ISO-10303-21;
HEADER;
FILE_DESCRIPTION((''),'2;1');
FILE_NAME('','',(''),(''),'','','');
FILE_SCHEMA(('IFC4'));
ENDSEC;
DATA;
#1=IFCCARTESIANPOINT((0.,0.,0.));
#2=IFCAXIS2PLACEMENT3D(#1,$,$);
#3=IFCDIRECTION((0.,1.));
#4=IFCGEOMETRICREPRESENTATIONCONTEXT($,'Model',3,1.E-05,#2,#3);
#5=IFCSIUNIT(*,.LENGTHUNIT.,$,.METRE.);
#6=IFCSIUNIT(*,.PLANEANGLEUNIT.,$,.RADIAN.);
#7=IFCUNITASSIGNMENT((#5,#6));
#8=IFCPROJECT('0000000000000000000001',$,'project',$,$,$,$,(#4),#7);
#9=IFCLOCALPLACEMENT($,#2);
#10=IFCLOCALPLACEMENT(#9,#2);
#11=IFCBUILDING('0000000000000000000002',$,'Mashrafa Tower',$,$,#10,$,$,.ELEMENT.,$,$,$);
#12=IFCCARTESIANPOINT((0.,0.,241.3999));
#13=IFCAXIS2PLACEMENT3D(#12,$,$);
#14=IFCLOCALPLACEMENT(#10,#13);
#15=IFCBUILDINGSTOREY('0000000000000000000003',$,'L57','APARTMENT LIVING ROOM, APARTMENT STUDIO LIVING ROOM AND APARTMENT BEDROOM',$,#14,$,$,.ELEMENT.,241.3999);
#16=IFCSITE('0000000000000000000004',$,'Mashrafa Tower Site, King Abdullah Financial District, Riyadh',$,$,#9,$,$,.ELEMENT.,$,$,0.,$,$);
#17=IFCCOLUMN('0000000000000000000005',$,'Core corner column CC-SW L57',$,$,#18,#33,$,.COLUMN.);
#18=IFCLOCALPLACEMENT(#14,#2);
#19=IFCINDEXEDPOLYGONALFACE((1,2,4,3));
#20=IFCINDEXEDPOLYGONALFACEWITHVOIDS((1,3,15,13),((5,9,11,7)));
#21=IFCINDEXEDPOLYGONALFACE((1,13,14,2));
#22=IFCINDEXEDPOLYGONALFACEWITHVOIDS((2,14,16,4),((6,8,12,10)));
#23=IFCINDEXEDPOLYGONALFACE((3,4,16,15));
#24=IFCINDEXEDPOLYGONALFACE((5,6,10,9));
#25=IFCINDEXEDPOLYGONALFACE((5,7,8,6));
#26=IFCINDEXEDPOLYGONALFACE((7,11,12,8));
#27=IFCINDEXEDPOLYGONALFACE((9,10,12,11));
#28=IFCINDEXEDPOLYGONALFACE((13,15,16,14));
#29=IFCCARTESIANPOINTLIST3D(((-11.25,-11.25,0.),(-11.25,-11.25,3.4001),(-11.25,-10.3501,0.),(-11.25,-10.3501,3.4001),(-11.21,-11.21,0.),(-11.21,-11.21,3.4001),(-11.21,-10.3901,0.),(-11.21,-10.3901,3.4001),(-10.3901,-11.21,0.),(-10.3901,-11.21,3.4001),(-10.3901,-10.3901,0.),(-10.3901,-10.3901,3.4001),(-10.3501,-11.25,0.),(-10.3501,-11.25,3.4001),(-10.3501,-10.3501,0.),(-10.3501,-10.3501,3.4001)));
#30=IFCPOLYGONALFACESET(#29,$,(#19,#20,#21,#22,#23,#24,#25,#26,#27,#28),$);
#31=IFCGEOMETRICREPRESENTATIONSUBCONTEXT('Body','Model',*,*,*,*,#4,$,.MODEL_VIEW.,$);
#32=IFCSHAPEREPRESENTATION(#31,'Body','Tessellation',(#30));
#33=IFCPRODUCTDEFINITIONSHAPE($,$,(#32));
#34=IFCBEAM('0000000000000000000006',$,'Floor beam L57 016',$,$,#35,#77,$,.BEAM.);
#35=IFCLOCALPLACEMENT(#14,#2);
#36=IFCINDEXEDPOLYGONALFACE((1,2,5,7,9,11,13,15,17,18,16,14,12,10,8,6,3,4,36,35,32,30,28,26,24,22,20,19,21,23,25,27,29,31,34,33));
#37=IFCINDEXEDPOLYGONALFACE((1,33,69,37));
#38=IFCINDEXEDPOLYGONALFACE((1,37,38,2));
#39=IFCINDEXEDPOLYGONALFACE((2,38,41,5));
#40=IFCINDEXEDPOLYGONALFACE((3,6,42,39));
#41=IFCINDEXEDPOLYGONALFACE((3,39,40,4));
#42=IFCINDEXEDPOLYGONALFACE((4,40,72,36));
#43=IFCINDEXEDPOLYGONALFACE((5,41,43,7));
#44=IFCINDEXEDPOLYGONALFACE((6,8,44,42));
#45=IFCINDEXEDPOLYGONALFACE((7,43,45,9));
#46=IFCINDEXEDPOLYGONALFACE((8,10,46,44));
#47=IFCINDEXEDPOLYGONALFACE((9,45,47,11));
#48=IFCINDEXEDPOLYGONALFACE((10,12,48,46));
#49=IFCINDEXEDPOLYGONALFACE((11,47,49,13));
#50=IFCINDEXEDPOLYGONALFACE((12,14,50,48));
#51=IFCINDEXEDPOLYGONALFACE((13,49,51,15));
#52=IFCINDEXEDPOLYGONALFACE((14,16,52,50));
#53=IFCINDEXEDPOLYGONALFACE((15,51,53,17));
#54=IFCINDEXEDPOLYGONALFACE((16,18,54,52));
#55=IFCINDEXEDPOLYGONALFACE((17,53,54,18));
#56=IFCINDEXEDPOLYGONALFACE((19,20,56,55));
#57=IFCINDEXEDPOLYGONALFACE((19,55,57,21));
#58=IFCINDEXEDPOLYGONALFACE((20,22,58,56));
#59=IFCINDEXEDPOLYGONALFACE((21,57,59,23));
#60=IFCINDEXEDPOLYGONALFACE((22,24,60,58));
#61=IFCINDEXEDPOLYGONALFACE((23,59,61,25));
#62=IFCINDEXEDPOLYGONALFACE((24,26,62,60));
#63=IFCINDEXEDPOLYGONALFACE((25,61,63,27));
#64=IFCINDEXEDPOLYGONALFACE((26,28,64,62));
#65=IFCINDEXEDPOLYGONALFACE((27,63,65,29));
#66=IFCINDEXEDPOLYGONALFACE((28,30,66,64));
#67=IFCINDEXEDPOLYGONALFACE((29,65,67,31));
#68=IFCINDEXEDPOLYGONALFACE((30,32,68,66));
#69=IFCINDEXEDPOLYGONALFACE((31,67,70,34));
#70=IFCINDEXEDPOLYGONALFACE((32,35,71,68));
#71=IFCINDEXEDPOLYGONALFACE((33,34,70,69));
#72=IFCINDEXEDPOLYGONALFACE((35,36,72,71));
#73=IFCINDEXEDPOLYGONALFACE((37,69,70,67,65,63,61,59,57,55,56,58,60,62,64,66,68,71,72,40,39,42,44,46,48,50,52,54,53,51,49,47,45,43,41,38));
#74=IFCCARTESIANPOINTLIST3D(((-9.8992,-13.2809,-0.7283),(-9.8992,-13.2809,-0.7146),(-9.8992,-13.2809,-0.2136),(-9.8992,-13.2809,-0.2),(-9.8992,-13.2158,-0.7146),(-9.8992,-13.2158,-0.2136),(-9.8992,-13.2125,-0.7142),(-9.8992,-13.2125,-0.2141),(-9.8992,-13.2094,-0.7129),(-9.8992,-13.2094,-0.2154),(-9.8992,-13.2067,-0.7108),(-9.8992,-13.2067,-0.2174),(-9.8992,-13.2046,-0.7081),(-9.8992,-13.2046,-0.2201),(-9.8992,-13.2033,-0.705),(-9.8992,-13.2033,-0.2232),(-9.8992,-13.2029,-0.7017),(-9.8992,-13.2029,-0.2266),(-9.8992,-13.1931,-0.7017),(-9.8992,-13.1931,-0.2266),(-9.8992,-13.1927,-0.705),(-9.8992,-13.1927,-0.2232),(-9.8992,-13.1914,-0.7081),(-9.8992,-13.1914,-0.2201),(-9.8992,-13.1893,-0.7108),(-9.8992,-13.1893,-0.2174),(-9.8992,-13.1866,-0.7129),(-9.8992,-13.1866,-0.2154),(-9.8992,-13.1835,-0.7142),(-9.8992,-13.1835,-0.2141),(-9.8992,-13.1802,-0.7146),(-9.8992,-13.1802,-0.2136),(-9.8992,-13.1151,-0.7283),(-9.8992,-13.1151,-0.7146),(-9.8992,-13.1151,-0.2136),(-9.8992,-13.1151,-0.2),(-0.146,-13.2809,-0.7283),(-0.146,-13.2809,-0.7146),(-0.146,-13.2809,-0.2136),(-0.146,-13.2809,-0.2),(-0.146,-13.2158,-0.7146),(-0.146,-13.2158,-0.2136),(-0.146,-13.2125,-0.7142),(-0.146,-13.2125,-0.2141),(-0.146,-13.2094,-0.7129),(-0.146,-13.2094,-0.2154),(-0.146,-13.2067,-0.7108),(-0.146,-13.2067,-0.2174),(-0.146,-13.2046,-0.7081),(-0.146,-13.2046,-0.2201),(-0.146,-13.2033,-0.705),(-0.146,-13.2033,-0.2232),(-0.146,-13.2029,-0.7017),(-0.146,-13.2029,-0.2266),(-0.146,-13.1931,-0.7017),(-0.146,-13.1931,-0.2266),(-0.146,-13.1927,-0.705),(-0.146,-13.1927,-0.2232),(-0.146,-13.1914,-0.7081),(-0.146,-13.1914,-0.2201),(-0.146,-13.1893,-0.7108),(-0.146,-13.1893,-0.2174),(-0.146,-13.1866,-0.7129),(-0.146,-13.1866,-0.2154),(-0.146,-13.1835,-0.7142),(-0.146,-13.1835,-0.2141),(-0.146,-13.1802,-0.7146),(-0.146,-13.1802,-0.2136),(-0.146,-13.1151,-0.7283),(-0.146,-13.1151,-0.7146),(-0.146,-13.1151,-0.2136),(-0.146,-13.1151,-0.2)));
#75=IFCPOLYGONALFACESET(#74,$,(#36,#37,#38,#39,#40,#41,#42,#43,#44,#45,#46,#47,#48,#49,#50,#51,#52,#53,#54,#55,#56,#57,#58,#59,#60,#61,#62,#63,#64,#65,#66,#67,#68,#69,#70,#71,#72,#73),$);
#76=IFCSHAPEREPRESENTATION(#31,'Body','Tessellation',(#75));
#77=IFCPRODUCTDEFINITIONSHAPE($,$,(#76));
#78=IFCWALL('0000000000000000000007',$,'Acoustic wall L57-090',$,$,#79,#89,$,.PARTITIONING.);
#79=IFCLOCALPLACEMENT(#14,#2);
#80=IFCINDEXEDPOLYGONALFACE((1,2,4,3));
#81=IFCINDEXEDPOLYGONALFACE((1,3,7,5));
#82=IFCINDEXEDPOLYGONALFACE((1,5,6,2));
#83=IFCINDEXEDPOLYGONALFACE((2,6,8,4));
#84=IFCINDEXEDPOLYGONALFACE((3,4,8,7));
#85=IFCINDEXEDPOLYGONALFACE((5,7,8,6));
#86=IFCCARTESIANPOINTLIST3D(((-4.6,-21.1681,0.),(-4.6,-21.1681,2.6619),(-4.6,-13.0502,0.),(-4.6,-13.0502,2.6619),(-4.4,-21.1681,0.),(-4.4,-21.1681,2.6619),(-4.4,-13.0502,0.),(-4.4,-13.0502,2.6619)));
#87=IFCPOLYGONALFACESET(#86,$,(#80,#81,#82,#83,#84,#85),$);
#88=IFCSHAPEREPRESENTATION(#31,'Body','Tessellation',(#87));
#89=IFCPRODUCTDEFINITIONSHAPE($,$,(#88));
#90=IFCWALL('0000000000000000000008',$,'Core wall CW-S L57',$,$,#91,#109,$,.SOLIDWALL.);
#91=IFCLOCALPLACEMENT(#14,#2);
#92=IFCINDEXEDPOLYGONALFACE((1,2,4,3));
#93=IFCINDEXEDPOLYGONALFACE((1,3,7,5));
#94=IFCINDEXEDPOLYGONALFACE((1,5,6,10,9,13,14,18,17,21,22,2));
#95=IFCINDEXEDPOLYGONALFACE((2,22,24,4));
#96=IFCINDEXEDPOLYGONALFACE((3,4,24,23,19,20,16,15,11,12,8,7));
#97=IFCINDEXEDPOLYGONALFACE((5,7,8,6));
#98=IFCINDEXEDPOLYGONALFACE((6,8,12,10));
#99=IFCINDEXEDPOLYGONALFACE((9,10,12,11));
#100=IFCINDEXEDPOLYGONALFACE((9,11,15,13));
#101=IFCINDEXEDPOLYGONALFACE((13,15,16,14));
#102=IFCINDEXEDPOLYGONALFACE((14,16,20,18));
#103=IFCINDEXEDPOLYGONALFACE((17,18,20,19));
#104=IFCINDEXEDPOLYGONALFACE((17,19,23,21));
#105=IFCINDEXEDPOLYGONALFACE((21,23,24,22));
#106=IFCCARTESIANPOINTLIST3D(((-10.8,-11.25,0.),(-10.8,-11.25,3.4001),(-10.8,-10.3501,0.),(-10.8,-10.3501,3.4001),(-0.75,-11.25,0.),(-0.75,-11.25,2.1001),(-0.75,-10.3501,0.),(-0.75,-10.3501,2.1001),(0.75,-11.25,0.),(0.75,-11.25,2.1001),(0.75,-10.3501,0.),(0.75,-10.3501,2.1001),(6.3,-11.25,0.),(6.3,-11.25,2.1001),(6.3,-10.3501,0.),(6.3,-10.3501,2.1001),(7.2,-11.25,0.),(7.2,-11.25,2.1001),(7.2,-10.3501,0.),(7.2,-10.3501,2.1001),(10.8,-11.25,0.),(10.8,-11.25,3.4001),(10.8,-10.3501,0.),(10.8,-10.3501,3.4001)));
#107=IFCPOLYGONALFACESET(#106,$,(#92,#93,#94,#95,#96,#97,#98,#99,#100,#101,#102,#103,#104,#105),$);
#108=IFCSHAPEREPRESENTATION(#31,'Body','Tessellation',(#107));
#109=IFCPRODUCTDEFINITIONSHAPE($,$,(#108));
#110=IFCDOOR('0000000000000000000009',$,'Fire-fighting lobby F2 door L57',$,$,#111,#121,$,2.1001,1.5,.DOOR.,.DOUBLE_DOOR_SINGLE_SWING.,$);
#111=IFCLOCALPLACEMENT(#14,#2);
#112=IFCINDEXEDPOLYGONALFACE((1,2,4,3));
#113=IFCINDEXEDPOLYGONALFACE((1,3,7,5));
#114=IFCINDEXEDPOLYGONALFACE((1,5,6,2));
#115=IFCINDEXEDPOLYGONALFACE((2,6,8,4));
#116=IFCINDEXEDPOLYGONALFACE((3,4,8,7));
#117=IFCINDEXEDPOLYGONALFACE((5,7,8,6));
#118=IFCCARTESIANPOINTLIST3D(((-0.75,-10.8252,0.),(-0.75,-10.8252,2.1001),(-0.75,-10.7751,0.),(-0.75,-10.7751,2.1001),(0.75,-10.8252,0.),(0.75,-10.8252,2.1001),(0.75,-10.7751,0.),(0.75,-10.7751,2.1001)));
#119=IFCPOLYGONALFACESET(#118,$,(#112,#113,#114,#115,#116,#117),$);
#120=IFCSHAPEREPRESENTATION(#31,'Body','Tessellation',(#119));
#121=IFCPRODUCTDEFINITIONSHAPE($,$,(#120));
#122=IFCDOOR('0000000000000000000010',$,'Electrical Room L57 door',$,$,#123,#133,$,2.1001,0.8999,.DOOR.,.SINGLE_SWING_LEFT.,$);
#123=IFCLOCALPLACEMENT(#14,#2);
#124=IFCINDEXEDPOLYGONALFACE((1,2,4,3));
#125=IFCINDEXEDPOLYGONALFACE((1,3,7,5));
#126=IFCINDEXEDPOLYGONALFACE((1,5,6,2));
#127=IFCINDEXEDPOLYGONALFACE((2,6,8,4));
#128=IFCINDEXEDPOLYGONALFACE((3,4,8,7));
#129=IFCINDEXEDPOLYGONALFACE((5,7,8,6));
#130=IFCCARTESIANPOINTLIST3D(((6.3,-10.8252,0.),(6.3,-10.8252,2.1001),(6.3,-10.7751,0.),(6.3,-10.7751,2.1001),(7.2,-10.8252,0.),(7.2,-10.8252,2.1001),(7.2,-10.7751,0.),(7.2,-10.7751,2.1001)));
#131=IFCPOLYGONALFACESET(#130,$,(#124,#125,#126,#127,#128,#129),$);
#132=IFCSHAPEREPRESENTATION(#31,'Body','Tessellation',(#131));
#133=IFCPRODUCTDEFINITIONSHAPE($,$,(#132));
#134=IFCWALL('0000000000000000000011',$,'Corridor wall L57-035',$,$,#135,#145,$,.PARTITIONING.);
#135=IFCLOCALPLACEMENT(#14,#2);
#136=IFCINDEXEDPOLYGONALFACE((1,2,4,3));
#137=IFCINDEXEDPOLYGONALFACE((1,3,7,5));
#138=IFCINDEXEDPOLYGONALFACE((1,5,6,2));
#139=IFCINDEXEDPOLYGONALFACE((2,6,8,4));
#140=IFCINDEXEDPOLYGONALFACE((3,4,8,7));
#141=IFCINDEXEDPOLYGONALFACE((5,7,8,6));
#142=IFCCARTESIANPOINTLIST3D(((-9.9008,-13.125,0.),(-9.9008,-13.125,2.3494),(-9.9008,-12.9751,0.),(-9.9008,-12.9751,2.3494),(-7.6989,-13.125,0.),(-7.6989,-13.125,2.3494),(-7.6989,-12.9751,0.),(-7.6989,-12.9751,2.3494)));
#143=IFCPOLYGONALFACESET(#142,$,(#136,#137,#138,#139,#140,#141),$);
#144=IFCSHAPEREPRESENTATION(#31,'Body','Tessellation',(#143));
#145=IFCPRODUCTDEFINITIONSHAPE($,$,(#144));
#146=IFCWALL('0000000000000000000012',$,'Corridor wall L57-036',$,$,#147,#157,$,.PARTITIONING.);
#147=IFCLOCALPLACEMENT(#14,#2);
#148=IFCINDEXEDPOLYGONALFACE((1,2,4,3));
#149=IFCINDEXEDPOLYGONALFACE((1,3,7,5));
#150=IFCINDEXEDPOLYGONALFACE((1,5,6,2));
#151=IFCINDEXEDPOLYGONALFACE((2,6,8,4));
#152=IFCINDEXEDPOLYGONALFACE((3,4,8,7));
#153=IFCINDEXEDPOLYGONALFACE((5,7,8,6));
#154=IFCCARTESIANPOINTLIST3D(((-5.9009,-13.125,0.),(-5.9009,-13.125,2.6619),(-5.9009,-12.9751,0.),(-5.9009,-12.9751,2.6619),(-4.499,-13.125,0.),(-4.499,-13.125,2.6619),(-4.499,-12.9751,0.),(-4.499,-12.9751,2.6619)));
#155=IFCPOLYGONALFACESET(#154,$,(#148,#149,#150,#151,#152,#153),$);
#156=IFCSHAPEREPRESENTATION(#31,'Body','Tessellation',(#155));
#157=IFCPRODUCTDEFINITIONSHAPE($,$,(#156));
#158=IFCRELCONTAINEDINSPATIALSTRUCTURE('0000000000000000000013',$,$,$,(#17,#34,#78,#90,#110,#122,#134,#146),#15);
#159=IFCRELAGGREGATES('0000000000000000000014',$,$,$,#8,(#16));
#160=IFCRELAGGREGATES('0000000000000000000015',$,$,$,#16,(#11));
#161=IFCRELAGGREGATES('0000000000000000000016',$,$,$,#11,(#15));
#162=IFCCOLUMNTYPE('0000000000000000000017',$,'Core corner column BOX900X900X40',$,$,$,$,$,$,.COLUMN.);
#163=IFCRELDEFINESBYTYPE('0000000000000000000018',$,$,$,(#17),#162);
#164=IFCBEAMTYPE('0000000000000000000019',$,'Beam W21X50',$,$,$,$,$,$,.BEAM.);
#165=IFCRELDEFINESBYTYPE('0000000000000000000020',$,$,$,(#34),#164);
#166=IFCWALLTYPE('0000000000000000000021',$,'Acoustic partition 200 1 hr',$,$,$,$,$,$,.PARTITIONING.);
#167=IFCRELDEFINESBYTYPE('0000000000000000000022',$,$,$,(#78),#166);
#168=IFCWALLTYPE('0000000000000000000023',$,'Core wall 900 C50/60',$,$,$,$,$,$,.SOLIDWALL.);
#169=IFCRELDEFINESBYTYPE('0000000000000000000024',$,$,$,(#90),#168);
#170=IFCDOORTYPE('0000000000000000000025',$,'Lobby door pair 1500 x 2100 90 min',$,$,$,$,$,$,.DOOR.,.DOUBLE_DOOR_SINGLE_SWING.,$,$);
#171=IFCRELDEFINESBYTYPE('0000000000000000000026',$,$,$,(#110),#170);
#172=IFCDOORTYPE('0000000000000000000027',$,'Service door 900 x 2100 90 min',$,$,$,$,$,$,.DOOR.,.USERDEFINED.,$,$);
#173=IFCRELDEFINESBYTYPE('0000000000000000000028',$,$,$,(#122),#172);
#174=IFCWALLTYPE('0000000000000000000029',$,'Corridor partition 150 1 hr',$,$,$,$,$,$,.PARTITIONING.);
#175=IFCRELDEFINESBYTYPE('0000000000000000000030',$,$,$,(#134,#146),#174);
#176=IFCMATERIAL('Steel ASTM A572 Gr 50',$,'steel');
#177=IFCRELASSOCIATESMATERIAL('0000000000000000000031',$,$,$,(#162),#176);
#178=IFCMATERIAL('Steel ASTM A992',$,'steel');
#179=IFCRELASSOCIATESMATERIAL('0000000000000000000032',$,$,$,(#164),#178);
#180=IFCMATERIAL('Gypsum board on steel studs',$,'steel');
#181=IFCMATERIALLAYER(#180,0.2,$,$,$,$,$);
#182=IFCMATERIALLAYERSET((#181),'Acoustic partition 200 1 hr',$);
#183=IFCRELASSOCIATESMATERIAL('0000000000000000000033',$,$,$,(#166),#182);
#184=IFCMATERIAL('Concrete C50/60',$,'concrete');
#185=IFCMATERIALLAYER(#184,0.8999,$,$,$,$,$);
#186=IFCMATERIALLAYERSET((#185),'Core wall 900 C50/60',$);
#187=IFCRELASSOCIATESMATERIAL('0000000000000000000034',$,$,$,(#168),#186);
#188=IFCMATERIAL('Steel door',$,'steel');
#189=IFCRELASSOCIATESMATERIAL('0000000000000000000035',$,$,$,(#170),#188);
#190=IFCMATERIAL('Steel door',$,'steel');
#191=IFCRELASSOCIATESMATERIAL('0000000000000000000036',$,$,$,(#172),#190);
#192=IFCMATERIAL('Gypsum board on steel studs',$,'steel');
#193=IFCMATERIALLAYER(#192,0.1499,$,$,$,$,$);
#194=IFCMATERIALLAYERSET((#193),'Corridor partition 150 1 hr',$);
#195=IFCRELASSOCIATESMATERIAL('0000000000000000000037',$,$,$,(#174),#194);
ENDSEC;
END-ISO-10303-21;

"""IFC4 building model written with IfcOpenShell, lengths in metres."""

from ifc_helpers import new_model, si_unit, direction, frame, frame_2d, origin, origin_2d, place, context, subcontext, project, spatial, rectangle, hollow_rectangle, i_section, extrude, material, layer, layer_set, material_profile, profile_set, type_object, element, fill, save


model = new_model("IFC4")

# Units and contexts
model_context = context("Model", 3, precision=1e-05, world=origin(), true_north=direction((0.0, 1.0)))
body_context = subcontext(model_context, "Body", "Model", "MODEL_VIEW")
ifc_project = project(units=[si_unit("LENGTHUNIT", "METRE"), si_unit("PLANEANGLEUNIT", "RADIAN")], contexts=[model_context])

# Site, building, storey
site_placement = place(None, origin())
site = spatial("IfcSite", under=ifc_project, at=site_placement, Name="Mashrafa Tower Site, King Abdullah Financial District, Riyadh", CompositionType="ELEMENT", RefElevation=0.0)
building_placement = place(site_placement, origin())
building = spatial("IfcBuilding", under=site, at=building_placement, Name="Mashrafa Tower", CompositionType="ELEMENT")
storey_placement = place(building_placement, frame((0.0, 0.0, 241.3999)))
storey = spatial("IfcBuildingStorey", under=building, at=storey_placement, Name="L57", Description="APARTMENT LIVING ROOM, APARTMENT STUDIO LIVING ROOM AND APARTMENT BEDROOM", CompositionType="ELEMENT", Elevation=241.3999)

# Column
ifc_material_1 = material(Name="Steel ASTM A572 Gr 50", Category="steel")
ifc_material_profile_1 = material_profile(ifc_material_1, hollow_rectangle(XDim=0.8999, YDim=0.8999, WallThickness=0.04, at=origin_2d()), Name="BOX900X900X40")
ifc_profile_set_1 = profile_set([ifc_material_profile_1], Name="Steel ASTM A572 Gr 50")
column_type = type_object("IfcColumnType", Name="Core corner column BOX900X900X40", PredefinedType="COLUMN", material=ifc_profile_set_1)
column_placement = place(storey_placement, frame((-10.8, -10.8, 0.0), z_axis=(0.0, 0.0, 1.0), x_axis=(1.0, 0.0, 0.0)))
element("IfcColumn", 1, at=column_placement, inside=storey, type_object=column_type, Name="Core corner column CC-SW L57", PredefinedType="COLUMN", context=body_context, shape_type="SweptSolid", body=[
    extrude(hollow_rectangle(XDim=0.8999, YDim=0.8999, WallThickness=0.04, at=origin_2d()), origin(), (0.0, 0.0, 1.0), 3.4001),
])

# Beam
ifc_material_2 = material(Name="Steel ASTM A992", Category="steel")
ifc_material_profile_2 = material_profile(ifc_material_2, i_section(OverallWidth=0.1658, OverallDepth=0.5283, WebThickness=0.0098, FlangeThickness=0.0137, FilletRadius=0.0129, at=origin_2d()), Name="W21X50")
ifc_profile_set_2 = profile_set([ifc_material_profile_2], Name="Steel ASTM A992")
beam_type = type_object("IfcBeamType", Name="Beam W21X50", PredefinedType="BEAM", material=ifc_profile_set_2)
beam_placement = place(storey_placement, frame((-0.146, -13.198, -0.4641), z_axis=(-1.0, 0.0, 0.0), x_axis=(0.0, -1.0, 0.0)))
element("IfcBeam", 2, at=beam_placement, inside=storey, type_object=beam_type, Name="Floor beam L57 016", PredefinedType="BEAM", context=body_context, shape_type="SweptSolid", body=[
    extrude(i_section(OverallWidth=0.1658, OverallDepth=0.5283, WebThickness=0.0098, FlangeThickness=0.0137, FilletRadius=0.0129, at=origin_2d()), origin(), (0.0, 0.0, 1.0), 9.7532),
])

# Wall
ifc_material_3 = material(Name="Gypsum board on steel studs", Category="steel")
ifc_layer_1 = layer(ifc_material_3, 0.2)
ifc_layer_set_1 = layer_set([ifc_layer_1], Name="Acoustic partition 200 1 hr")
wall_type_1 = type_object("IfcWallType", Name="Acoustic partition 200 1 hr", PredefinedType="PARTITIONING", material=ifc_layer_set_1)
wall_1_placement = place(storey_placement, frame((-4.5, -13.05, 0.0), z_axis=(0.0, 0.0, 1.0), x_axis=(0.0, -1.0, 0.0)))
element("IfcWall", 3, at=wall_1_placement, inside=storey, type_object=wall_type_1, Name="Acoustic wall L57-090", PredefinedType="PARTITIONING", context=body_context, shape_type="SweptSolid", body=[
    extrude(rectangle(XDim=8.1179, YDim=0.2, at=frame_2d((4.0591, 0.0))), origin(), (0.0, 0.0, 1.0), 2.6619),
])

# Wall, openings, doors
ifc_material_4 = material(Name="Concrete C50/60", Category="concrete")
ifc_layer_2 = layer(ifc_material_4, 0.8999)
ifc_layer_set_2 = layer_set([ifc_layer_2], Name="Core wall 900 C50/60")
wall_type_2 = type_object("IfcWallType", Name="Core wall 900 C50/60", PredefinedType="SOLIDWALL", material=ifc_layer_set_2)
wall_2_placement = place(storey_placement, frame((-10.8, -10.8, 0.0), z_axis=(0.0, 0.0, 1.0), x_axis=(1.0, 0.0, 0.0)))
wall_2 = element("IfcWall", 4, at=wall_2_placement, inside=storey, type_object=wall_type_2, Name="Core wall CW-S L57", PredefinedType="SOLIDWALL", context=body_context, shape_type="SweptSolid", body=[
    extrude(rectangle(XDim=21.6001, YDim=0.8999, at=frame_2d((10.8, 0.0))), origin(), (0.0, 0.0, 1.0), 3.4001),
])
opening_1_placement = place(wall_2_placement, frame((10.05, 0.0, 0.0)))
opening_1 = element("IfcOpeningElement", 5, at=opening_1_placement, cuts=wall_2, PredefinedType="OPENING", context=body_context, shape_type="SweptSolid", body=[
    extrude(rectangle(XDim=1.5, YDim=2.1001, at=frame_2d((0.75, 1.05))), frame((0.0, 0.46, 0.0), z_axis=(0.0, -1.0, 0.0), x_axis=(1.0, 0.0, 0.0)), (0.0, 0.0, 1.0), 0.9199),
])
opening_2_placement = place(wall_2_placement, frame((17.1001, 0.0, 0.0)))
opening_2 = element("IfcOpeningElement", 6, at=opening_2_placement, cuts=wall_2, PredefinedType="OPENING", context=body_context, shape_type="SweptSolid", body=[
    extrude(rectangle(XDim=0.8999, YDim=2.1001, at=frame_2d((0.45, 1.05))), frame((0.0, 0.46, 0.0), z_axis=(0.0, -1.0, 0.0), x_axis=(1.0, 0.0, 0.0)), (0.0, 0.0, 1.0), 0.9199),
])
ifc_material_5 = material(Name="Steel door", Category="steel")
door_type_1 = type_object("IfcDoorType", Name="Lobby door pair 1500 x 2100 90 min", OperationType="DOUBLE_DOOR_SINGLE_SWING", PredefinedType="DOOR", material=ifc_material_5)
door_1_placement = place(opening_1_placement, origin())
door_1 = element("IfcDoor", 7, at=door_1_placement, inside=storey, type_object=door_type_1, Name="Fire-fighting lobby F2 door L57", OperationType="DOUBLE_DOOR_SINGLE_SWING", OverallHeight=2.1001, OverallWidth=1.5, PredefinedType="DOOR", context=body_context, shape_type="SweptSolid", body=[
    extrude(rectangle(XDim=1.5, YDim=2.1001, at=frame_2d((0.75, 1.05))), frame((0.0, 0.0249, 0.0), z_axis=(0.0, -1.0, 0.0), x_axis=(1.0, 0.0, 0.0)), (0.0, 0.0, 1.0), 0.05),
])
fill(opening_1, door_1)
ifc_material_6 = material(Name="Steel door", Category="steel")
door_type_2 = type_object("IfcDoorType", Name="Service door 900 x 2100 90 min", OperationType="USERDEFINED", PredefinedType="DOOR", material=ifc_material_6)
door_2_placement = place(opening_2_placement, origin())
door_2 = element("IfcDoor", 8, at=door_2_placement, inside=storey, type_object=door_type_2, Name="Electrical Room L57 door", OperationType="SINGLE_SWING_LEFT", OverallHeight=2.1001, OverallWidth=0.8999, PredefinedType="DOOR", context=body_context, shape_type="SweptSolid", body=[
    extrude(rectangle(XDim=0.8999, YDim=2.1001, at=frame_2d((0.45, 1.05))), frame((0.0, 0.0249, 0.0), z_axis=(0.0, -1.0, 0.0), x_axis=(1.0, 0.0, 0.0)), (0.0, 0.0, 1.0), 0.05),
])
fill(opening_2, door_2)

# Walls
ifc_material_7 = material(Name="Gypsum board on steel studs", Category="steel")
ifc_layer_3 = layer(ifc_material_7, 0.1499)
ifc_layer_set_3 = layer_set([ifc_layer_3], Name="Corridor partition 150 1 hr")
wall_type_3 = type_object("IfcWallType", Name="Corridor partition 150 1 hr", PredefinedType="PARTITIONING", material=ifc_layer_set_3)
wall_3_placement = place(storey_placement, frame((-9.9009, -13.05, 0.0), z_axis=(0.0, 0.0, 1.0), x_axis=(1.0, 0.0, 0.0)))
element("IfcWall", 9, at=wall_3_placement, inside=storey, type_object=wall_type_3, Name="Corridor wall L57-035", PredefinedType="PARTITIONING", context=body_context, shape_type="SweptSolid", body=[
    extrude(rectangle(XDim=2.2019, YDim=0.1499, at=frame_2d((1.1011, 0.0))), origin(), (0.0, 0.0, 1.0), 2.3494),
])
wall_4_placement = place(storey_placement, frame((-5.9009, -13.05, 0.0), z_axis=(0.0, 0.0, 1.0), x_axis=(1.0, 0.0, 0.0)))
element("IfcWall", 10, at=wall_4_placement, inside=storey, type_object=wall_type_3, Name="Corridor wall L57-036", PredefinedType="PARTITIONING", context=body_context, shape_type="SweptSolid", body=[
    extrude(rectangle(XDim=1.4019, YDim=0.1499, at=frame_2d((0.7009, 0.0))), origin(), (0.0, 0.0, 1.0), 2.6619),
])

save(model, "model.ifc")
